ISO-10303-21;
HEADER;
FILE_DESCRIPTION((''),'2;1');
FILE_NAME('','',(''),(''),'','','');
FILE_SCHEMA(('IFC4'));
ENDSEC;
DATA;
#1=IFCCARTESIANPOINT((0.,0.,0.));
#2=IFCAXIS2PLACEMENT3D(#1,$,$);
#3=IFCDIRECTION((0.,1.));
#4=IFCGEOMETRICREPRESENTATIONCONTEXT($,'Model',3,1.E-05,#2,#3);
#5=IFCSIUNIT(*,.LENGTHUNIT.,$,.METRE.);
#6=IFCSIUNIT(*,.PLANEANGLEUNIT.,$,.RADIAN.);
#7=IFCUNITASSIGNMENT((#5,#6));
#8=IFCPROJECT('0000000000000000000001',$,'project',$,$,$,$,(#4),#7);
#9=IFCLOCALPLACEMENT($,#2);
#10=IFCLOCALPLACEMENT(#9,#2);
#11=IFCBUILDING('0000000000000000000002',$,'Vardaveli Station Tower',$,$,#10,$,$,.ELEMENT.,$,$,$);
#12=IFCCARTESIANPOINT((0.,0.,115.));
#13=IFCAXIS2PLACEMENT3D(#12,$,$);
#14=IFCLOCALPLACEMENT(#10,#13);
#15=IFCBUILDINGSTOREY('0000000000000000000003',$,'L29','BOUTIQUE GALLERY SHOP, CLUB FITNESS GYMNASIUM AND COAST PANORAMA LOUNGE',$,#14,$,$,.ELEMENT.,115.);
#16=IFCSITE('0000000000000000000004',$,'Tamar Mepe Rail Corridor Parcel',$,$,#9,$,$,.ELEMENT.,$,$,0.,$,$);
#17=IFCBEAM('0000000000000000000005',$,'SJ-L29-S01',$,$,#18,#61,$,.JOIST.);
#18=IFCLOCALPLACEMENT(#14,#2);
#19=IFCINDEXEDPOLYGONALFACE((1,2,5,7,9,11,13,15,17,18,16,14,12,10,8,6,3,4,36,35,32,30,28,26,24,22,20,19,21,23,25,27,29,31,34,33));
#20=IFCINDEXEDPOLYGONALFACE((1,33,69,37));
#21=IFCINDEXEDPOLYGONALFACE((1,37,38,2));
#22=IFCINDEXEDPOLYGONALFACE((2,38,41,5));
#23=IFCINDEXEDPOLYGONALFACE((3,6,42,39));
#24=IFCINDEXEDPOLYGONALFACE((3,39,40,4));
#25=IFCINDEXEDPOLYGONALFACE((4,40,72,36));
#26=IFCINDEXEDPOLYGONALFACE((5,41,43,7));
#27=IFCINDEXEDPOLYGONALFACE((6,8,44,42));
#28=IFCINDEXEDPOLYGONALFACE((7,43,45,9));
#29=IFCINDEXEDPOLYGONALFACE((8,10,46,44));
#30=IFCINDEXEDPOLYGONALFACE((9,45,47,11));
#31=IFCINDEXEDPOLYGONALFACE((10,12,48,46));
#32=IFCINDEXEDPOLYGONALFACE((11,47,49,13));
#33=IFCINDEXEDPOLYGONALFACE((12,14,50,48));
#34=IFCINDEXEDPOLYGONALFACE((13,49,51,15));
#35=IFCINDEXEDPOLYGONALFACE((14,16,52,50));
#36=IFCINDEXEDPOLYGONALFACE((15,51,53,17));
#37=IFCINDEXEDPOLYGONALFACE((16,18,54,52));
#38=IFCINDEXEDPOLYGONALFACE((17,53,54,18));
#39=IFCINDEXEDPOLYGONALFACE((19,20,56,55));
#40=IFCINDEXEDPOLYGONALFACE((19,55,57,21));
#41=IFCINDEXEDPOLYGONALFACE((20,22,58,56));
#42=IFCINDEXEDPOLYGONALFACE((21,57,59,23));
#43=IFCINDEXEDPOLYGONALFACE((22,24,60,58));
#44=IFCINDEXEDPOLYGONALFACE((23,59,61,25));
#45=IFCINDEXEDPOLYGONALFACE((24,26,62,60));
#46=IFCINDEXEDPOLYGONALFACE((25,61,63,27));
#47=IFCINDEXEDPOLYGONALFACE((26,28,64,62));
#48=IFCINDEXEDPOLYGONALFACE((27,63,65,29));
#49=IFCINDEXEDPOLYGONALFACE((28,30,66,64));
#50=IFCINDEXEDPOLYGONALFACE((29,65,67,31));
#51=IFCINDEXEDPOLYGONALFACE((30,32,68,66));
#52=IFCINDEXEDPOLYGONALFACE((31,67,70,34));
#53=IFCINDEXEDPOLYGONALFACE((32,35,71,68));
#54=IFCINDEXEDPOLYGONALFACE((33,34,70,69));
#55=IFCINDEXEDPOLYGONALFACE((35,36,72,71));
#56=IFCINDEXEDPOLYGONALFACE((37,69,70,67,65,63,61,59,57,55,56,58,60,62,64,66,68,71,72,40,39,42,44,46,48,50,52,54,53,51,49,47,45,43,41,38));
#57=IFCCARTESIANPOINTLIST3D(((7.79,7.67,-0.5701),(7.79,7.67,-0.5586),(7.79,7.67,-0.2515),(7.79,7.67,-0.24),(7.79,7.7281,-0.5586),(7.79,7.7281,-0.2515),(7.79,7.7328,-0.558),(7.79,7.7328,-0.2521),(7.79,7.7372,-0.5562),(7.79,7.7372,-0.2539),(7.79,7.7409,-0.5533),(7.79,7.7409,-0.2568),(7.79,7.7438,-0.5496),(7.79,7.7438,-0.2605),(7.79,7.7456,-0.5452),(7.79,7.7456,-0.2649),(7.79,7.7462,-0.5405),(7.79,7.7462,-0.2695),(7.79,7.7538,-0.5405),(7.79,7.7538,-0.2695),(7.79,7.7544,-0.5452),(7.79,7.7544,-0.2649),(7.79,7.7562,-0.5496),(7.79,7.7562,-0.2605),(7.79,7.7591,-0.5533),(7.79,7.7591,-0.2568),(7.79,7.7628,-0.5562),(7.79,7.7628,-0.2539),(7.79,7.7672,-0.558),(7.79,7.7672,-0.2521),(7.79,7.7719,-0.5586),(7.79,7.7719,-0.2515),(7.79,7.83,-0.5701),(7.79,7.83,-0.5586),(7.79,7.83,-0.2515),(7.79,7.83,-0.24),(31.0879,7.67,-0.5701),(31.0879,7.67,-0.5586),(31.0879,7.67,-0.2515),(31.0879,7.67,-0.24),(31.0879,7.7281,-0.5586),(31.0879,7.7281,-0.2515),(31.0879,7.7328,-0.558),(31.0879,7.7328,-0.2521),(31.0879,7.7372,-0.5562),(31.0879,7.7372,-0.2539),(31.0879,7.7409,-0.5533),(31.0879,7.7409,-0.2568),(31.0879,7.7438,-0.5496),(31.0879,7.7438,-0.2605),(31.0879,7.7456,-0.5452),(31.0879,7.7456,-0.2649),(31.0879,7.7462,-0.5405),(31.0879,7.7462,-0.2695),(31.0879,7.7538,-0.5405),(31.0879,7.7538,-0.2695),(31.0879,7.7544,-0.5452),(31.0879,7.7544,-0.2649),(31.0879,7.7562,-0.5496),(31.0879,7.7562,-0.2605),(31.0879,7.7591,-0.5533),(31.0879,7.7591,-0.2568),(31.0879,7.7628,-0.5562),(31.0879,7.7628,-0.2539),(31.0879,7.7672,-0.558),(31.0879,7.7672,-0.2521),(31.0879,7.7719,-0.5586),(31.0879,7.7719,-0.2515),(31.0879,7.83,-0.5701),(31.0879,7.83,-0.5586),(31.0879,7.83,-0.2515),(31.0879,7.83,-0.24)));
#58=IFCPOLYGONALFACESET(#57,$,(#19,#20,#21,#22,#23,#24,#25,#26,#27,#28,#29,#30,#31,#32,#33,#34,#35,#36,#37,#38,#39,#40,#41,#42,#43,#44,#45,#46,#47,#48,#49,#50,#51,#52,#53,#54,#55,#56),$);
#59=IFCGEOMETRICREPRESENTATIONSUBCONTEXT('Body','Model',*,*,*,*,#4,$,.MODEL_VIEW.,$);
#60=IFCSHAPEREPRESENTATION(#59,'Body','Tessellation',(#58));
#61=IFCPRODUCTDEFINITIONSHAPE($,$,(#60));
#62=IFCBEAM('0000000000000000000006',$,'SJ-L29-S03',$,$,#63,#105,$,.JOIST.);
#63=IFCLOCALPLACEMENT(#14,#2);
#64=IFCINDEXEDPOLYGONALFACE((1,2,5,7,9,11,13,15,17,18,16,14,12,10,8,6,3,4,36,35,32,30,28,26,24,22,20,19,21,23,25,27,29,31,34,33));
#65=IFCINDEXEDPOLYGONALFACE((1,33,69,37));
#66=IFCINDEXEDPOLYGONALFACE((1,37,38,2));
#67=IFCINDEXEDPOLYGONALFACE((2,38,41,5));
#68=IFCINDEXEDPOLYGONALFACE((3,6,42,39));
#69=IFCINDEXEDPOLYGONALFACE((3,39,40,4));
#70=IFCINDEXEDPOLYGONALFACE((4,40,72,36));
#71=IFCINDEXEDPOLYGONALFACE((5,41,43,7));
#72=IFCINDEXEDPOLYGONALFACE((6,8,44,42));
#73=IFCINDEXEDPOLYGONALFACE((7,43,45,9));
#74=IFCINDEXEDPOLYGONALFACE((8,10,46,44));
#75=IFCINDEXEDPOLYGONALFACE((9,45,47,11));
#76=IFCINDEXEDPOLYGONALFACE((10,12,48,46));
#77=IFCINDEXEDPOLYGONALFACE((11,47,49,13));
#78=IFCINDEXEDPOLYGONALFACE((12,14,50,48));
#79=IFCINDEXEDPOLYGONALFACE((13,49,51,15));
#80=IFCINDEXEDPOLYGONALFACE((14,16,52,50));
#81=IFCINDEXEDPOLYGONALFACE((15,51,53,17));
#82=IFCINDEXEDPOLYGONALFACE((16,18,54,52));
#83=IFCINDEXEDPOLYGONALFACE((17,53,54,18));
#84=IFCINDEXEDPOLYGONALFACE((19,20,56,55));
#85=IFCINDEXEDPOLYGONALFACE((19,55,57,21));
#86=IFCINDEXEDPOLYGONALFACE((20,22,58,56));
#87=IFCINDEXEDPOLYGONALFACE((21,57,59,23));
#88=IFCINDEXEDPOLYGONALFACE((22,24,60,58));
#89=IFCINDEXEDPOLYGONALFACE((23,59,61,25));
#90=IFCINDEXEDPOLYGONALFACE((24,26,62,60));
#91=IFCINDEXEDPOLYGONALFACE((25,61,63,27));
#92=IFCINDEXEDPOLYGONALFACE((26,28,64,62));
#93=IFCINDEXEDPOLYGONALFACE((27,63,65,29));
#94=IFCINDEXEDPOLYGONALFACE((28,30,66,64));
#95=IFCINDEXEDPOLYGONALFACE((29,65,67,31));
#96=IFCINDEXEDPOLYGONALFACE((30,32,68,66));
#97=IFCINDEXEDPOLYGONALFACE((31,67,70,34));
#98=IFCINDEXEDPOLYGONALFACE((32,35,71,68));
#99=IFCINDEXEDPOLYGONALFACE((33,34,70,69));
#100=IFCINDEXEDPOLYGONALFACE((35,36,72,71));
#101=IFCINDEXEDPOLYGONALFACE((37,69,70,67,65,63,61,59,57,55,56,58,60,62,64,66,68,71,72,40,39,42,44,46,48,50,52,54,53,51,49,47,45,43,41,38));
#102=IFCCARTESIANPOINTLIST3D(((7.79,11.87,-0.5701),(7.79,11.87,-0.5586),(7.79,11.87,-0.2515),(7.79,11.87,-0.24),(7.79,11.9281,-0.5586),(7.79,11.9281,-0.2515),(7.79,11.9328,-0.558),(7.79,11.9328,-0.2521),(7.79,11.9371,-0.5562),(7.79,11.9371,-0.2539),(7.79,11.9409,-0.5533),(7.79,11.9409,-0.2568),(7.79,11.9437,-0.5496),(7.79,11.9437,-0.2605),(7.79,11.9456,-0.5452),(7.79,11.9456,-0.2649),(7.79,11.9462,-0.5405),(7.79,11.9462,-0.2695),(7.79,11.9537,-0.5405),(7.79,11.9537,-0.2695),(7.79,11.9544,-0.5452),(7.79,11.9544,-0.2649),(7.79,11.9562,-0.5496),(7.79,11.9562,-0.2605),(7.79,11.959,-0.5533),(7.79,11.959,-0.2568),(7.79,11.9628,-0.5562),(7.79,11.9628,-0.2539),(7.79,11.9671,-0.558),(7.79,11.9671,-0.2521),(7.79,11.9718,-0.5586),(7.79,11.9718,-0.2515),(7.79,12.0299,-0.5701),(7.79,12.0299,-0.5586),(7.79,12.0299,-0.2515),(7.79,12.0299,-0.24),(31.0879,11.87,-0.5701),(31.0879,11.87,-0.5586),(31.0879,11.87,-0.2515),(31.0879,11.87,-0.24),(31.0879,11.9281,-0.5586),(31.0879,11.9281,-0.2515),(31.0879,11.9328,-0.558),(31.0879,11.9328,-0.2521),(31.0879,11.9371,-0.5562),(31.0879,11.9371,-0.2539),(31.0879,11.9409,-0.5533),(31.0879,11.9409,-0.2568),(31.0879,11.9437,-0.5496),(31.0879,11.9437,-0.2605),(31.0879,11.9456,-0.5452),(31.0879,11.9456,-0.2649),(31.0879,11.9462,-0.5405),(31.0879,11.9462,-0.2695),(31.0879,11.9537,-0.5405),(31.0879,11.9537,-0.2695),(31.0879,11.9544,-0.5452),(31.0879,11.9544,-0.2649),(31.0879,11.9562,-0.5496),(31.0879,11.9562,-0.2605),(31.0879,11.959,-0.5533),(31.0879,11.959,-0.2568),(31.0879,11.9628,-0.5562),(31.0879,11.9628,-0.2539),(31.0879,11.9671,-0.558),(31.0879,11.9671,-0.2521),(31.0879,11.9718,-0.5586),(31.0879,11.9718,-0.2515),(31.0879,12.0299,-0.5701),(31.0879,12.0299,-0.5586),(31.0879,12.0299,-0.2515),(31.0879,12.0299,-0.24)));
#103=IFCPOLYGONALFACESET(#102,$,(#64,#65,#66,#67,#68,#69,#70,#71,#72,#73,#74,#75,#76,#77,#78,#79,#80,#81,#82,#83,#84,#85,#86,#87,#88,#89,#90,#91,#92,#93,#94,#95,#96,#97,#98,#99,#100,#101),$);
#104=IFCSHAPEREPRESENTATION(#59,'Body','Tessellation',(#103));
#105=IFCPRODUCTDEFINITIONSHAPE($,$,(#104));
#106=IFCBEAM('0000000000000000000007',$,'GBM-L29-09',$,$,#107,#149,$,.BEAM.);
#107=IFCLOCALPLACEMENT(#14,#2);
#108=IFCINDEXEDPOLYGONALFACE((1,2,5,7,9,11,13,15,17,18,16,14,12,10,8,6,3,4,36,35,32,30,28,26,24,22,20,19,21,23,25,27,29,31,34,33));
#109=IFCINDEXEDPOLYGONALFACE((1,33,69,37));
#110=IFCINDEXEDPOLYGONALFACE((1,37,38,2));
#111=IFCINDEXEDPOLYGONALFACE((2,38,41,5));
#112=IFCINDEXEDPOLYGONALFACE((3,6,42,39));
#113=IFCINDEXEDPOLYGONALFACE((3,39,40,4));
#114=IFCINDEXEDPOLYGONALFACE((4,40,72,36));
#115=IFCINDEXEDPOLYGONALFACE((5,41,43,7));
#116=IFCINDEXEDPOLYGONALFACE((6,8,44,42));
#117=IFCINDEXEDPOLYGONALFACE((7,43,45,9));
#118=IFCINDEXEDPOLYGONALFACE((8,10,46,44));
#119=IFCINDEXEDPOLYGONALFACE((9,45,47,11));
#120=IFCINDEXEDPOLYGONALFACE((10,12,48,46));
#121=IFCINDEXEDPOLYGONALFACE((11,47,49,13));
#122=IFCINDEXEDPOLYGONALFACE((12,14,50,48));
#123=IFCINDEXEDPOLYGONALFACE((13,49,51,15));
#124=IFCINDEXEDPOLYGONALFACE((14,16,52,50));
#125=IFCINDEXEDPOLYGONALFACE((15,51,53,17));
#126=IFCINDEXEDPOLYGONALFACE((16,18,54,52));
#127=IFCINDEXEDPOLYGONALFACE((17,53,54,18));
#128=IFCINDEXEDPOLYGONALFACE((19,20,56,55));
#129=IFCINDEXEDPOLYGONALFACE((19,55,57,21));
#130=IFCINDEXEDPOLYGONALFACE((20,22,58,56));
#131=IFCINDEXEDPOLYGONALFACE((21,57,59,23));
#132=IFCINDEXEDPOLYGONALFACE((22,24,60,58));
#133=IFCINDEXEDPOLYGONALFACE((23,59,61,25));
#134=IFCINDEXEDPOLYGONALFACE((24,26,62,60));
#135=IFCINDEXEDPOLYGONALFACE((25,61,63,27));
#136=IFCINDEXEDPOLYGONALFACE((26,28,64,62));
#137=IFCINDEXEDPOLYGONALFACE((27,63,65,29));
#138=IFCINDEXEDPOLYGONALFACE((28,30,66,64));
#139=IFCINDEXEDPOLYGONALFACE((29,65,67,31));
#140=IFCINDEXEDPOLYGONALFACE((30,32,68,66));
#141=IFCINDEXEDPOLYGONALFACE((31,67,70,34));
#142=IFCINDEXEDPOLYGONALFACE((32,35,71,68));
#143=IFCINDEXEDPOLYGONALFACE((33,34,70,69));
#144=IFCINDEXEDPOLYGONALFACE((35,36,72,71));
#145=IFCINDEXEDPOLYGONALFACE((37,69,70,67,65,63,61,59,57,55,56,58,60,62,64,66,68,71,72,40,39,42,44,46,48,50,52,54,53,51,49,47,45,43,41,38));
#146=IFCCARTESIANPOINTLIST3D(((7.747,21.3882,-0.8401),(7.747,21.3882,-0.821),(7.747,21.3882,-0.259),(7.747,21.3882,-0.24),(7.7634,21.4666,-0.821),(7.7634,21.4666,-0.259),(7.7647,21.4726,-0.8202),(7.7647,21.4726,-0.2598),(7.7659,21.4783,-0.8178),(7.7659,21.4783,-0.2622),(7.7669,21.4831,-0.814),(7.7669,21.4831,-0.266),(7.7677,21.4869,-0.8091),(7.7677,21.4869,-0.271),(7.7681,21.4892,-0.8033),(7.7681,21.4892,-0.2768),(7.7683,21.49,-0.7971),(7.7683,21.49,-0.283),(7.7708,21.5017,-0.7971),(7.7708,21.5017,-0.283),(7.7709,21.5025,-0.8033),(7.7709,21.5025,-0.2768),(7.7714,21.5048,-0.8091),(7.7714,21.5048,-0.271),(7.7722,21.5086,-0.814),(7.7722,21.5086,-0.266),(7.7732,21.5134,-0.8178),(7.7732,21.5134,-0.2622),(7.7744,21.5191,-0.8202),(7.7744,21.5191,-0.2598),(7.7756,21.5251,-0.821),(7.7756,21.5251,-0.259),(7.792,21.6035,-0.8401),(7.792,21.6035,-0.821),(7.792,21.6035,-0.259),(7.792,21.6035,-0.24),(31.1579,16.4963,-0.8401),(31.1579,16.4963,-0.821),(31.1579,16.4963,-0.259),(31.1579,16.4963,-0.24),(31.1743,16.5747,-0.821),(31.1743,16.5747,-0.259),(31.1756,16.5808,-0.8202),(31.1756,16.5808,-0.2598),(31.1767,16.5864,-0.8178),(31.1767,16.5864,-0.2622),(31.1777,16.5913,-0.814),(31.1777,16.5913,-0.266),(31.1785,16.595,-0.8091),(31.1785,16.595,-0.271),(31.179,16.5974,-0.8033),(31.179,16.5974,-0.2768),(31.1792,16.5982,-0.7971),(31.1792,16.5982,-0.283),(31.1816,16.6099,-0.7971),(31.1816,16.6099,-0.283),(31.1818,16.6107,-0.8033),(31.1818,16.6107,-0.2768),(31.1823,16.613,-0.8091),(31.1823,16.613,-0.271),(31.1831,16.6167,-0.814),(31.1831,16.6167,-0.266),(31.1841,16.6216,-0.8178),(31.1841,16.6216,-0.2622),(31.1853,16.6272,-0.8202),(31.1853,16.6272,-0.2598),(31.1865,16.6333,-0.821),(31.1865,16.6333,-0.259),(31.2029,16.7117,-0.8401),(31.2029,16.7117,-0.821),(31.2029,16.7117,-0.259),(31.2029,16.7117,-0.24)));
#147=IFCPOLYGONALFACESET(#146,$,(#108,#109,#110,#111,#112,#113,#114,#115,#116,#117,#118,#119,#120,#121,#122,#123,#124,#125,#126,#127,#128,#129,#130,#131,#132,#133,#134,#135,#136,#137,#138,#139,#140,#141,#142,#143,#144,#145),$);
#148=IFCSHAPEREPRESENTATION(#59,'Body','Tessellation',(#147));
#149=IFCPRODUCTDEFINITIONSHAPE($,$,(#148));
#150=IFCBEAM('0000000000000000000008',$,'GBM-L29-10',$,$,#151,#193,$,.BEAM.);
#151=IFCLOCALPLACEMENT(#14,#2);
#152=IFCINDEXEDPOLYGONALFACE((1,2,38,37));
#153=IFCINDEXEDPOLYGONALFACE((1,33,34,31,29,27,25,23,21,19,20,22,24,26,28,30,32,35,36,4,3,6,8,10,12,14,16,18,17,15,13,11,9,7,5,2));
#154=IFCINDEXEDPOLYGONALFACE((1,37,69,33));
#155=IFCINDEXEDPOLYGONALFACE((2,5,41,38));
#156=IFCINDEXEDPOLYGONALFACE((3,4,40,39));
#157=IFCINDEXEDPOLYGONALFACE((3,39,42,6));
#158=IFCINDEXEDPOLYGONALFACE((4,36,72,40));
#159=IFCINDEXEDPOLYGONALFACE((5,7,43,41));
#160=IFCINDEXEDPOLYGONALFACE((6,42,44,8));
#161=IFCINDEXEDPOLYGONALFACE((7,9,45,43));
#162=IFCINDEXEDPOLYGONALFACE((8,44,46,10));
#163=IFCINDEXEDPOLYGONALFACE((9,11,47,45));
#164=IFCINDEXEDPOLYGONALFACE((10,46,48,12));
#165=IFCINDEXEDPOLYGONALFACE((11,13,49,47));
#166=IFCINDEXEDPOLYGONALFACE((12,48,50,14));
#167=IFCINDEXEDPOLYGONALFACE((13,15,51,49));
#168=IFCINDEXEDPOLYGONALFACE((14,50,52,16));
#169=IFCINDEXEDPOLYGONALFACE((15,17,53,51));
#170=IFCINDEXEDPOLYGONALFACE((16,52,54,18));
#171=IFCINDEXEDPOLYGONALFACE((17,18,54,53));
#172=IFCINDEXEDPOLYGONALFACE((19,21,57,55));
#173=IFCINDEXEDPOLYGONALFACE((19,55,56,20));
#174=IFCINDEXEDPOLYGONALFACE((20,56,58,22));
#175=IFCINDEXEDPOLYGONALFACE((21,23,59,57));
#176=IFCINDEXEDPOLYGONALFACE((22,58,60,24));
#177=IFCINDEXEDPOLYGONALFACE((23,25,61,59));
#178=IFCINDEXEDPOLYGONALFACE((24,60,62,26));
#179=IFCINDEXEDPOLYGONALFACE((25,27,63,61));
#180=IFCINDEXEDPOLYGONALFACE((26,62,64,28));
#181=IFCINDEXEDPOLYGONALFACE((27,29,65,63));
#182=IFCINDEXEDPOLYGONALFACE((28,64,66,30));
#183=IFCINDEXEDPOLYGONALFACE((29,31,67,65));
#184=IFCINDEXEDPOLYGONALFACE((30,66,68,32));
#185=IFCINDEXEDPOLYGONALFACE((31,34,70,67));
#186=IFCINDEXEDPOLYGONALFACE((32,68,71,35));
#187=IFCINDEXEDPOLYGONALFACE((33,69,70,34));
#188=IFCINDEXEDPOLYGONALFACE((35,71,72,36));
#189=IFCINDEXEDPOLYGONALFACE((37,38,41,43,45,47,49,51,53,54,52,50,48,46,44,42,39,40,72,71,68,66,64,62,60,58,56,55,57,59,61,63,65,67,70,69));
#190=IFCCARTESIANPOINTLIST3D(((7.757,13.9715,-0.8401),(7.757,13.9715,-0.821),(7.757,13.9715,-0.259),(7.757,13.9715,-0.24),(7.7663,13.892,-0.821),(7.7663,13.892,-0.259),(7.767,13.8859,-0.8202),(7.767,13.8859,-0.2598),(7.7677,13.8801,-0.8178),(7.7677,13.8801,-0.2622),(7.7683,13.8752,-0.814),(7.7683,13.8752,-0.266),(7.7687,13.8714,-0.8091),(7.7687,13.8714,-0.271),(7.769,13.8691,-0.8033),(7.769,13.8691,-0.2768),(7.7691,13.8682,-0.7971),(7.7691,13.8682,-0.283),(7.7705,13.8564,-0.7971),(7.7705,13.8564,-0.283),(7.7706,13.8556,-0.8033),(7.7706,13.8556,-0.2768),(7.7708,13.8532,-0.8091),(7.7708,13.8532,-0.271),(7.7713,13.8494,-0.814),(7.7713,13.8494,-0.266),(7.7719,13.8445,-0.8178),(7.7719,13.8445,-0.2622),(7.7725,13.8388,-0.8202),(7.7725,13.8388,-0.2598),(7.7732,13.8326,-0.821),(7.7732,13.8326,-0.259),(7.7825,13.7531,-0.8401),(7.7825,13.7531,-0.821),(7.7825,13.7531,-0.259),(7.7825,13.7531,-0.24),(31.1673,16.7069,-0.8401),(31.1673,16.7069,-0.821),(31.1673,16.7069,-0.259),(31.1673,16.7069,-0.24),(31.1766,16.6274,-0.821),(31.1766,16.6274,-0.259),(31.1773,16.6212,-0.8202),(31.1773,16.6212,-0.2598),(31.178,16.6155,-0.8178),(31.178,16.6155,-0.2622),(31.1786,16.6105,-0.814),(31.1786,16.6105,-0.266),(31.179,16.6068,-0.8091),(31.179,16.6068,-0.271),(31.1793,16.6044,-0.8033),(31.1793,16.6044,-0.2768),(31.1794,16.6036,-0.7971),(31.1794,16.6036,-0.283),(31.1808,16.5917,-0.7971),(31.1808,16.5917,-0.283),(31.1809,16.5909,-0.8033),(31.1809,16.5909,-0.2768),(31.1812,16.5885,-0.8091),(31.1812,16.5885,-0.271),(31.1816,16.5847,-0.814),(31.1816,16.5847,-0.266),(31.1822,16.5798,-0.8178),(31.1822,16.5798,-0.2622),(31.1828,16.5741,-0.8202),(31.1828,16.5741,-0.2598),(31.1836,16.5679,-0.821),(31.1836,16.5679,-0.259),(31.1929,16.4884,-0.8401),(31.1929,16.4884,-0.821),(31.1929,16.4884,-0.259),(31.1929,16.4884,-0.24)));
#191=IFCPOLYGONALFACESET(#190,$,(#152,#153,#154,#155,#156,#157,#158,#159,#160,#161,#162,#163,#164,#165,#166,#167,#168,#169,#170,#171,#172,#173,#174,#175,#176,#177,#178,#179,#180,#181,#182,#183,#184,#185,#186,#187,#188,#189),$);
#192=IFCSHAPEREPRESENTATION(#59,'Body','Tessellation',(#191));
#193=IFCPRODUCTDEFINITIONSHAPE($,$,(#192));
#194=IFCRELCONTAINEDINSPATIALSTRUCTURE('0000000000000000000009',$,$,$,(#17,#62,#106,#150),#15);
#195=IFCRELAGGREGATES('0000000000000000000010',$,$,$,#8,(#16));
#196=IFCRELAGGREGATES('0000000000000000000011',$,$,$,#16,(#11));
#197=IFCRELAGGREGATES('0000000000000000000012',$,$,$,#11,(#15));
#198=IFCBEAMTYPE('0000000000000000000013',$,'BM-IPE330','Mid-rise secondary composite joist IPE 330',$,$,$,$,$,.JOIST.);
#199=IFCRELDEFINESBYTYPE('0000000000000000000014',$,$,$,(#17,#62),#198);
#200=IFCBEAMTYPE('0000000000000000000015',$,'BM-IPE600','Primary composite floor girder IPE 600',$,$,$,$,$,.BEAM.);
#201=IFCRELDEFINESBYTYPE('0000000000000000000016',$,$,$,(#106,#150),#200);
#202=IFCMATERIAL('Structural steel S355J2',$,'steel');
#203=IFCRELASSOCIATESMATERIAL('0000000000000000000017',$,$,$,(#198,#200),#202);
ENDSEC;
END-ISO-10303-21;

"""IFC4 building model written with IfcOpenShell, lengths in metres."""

from ifc_helpers import new_model, si_unit, direction, frame, origin, origin_2d, place, context, subcontext, project, spatial, i_section, extrude, source, transform, mapped, material, material_profile, profile_set, type_object, element, save


model = new_model("IFC4")

# Units and contexts
model_context = context("Model", 3, precision=1e-05, world=origin(), true_north=direction((0.0, 1.0)))
body_context = subcontext(model_context, "Body", "Model", "MODEL_VIEW")
ifc_project = project(units=[si_unit("LENGTHUNIT", "METRE"), si_unit("PLANEANGLEUNIT", "RADIAN")], contexts=[model_context])

# Site, building, storey
site_placement = place(None, origin())
site = spatial("IfcSite", under=ifc_project, at=site_placement, Name="Tamar Mepe Rail Corridor Parcel", CompositionType="ELEMENT", RefElevation=0.0)
building_placement = place(site_placement, origin())
building = spatial("IfcBuilding", under=site, at=building_placement, Name="Vardaveli Station Tower", CompositionType="ELEMENT")
storey_placement = place(building_placement, frame((0.0, 0.0, 115.0)))
storey = spatial("IfcBuildingStorey", under=building, at=storey_placement, Name="L29", Description="BOUTIQUE GALLERY SHOP, CLUB FITNESS GYMNASIUM AND COAST PANORAMA LOUNGE", CompositionType="ELEMENT", Elevation=115.0)

# Beams
ifc_material_1 = material(Name="Structural steel S355J2", Category="steel")
ifc_material_profile_1 = material_profile(ifc_material_1, i_section(OverallWidth=0.1599, OverallDepth=0.3301, WebThickness=0.0076, FlangeThickness=0.0115, FilletRadius=0.0181, at=origin_2d()), Name="IPE 330")
ifc_profile_set_1 = profile_set([ifc_material_profile_1], Name="Structural steel S355J2")
beam_type_1 = type_object("IfcBeamType", Name="BM-IPE330", Description="Mid-rise secondary composite joist IPE 330", PredefinedType="JOIST", material=ifc_profile_set_1)
shared_shape_1 = source(origin(), body_context, "Body", "SweptSolid", [
    extrude(i_section(OverallWidth=0.1599, OverallDepth=0.3301, WebThickness=0.0076, FlangeThickness=0.0115, FilletRadius=0.0181, at=origin_2d()), origin(), (0.0, 0.0, 1.0), 23.2979),
])
for number, where, z_axis, x_axis, name in (
    (1, (7.79, 7.75, -0.405), (1.0, 0.0, 0.0), (0.0, 1.0, 0.0), "SJ-L29-S01"),
    (2, (7.79, 11.95, -0.405), (1.0, 0.0, 0.0), (0.0, 1.0, 0.0), "SJ-L29-S03"),
):
    element("IfcBeam", number, at=place(storey_placement, frame(where, z_axis=z_axis, x_axis=x_axis)), inside=storey, type_object=beam_type_1, Name=name, PredefinedType="JOIST", context=body_context, shape_type="MappedRepresentation", body=[
        mapped(shared_shape_1, transform((0.0, 0.0, 0.0), scale=1.0)),
    ])
ifc_material_profile_2 = material_profile(ifc_material_1, i_section(OverallWidth=0.22, OverallDepth=0.6001, WebThickness=0.012, FlangeThickness=0.019, FilletRadius=0.0239, at=origin_2d()), Name="IPE 600")
ifc_profile_set_2 = profile_set([ifc_material_profile_2], Name="Structural steel S355J2")
beam_type_2 = type_object("IfcBeamType", Name="BM-IPE600", Description="Primary composite floor girder IPE 600", PredefinedType="BEAM", material=ifc_profile_set_2)
shared_shape_2 = source(origin(), body_context, "Body", "SweptSolid", [
    extrude(i_section(OverallWidth=0.22, OverallDepth=0.6001, WebThickness=0.012, FlangeThickness=0.019, FilletRadius=0.0239, at=origin_2d()), origin(), (0.0, 0.0, 1.0), 23.9165),
])
beam_1_placement = place(storey_placement, frame((7.7695, 21.4958, -0.54), z_axis=(0.978859, -0.204538, 0.0), x_axis=(0.204538, 0.978859, 0.0)))
element("IfcBeam", 3, at=beam_1_placement, inside=storey, type_object=beam_type_2, Name="GBM-L29-09", PredefinedType="BEAM", context=body_context, shape_type="MappedRepresentation", body=[
    mapped(shared_shape_2, transform((0.0, 0.0, 0.0), scale=1.0)),
])
shared_shape_3 = source(origin(), body_context, "Body", "SweptSolid", [
    extrude(i_section(OverallWidth=0.22, OverallDepth=0.6001, WebThickness=0.012, FlangeThickness=0.019, FilletRadius=0.0239, at=origin_2d()), origin(), (0.0, 0.0, 1.0), 23.5696),
])
beam_2_placement = place(storey_placement, frame((7.7698, 13.8623, -0.54), z_axis=(0.993243, 0.116054, 0.0), x_axis=(-0.116054, 0.993243, 0.0)))
element("IfcBeam", 4, at=beam_2_placement, inside=storey, type_object=beam_type_2, Name="GBM-L29-10", PredefinedType="BEAM", context=body_context, shape_type="MappedRepresentation", body=[
    mapped(shared_shape_3, transform((0.0, 0.0, 0.0), scale=1.0)),
])

save(model, "model.ifc")
